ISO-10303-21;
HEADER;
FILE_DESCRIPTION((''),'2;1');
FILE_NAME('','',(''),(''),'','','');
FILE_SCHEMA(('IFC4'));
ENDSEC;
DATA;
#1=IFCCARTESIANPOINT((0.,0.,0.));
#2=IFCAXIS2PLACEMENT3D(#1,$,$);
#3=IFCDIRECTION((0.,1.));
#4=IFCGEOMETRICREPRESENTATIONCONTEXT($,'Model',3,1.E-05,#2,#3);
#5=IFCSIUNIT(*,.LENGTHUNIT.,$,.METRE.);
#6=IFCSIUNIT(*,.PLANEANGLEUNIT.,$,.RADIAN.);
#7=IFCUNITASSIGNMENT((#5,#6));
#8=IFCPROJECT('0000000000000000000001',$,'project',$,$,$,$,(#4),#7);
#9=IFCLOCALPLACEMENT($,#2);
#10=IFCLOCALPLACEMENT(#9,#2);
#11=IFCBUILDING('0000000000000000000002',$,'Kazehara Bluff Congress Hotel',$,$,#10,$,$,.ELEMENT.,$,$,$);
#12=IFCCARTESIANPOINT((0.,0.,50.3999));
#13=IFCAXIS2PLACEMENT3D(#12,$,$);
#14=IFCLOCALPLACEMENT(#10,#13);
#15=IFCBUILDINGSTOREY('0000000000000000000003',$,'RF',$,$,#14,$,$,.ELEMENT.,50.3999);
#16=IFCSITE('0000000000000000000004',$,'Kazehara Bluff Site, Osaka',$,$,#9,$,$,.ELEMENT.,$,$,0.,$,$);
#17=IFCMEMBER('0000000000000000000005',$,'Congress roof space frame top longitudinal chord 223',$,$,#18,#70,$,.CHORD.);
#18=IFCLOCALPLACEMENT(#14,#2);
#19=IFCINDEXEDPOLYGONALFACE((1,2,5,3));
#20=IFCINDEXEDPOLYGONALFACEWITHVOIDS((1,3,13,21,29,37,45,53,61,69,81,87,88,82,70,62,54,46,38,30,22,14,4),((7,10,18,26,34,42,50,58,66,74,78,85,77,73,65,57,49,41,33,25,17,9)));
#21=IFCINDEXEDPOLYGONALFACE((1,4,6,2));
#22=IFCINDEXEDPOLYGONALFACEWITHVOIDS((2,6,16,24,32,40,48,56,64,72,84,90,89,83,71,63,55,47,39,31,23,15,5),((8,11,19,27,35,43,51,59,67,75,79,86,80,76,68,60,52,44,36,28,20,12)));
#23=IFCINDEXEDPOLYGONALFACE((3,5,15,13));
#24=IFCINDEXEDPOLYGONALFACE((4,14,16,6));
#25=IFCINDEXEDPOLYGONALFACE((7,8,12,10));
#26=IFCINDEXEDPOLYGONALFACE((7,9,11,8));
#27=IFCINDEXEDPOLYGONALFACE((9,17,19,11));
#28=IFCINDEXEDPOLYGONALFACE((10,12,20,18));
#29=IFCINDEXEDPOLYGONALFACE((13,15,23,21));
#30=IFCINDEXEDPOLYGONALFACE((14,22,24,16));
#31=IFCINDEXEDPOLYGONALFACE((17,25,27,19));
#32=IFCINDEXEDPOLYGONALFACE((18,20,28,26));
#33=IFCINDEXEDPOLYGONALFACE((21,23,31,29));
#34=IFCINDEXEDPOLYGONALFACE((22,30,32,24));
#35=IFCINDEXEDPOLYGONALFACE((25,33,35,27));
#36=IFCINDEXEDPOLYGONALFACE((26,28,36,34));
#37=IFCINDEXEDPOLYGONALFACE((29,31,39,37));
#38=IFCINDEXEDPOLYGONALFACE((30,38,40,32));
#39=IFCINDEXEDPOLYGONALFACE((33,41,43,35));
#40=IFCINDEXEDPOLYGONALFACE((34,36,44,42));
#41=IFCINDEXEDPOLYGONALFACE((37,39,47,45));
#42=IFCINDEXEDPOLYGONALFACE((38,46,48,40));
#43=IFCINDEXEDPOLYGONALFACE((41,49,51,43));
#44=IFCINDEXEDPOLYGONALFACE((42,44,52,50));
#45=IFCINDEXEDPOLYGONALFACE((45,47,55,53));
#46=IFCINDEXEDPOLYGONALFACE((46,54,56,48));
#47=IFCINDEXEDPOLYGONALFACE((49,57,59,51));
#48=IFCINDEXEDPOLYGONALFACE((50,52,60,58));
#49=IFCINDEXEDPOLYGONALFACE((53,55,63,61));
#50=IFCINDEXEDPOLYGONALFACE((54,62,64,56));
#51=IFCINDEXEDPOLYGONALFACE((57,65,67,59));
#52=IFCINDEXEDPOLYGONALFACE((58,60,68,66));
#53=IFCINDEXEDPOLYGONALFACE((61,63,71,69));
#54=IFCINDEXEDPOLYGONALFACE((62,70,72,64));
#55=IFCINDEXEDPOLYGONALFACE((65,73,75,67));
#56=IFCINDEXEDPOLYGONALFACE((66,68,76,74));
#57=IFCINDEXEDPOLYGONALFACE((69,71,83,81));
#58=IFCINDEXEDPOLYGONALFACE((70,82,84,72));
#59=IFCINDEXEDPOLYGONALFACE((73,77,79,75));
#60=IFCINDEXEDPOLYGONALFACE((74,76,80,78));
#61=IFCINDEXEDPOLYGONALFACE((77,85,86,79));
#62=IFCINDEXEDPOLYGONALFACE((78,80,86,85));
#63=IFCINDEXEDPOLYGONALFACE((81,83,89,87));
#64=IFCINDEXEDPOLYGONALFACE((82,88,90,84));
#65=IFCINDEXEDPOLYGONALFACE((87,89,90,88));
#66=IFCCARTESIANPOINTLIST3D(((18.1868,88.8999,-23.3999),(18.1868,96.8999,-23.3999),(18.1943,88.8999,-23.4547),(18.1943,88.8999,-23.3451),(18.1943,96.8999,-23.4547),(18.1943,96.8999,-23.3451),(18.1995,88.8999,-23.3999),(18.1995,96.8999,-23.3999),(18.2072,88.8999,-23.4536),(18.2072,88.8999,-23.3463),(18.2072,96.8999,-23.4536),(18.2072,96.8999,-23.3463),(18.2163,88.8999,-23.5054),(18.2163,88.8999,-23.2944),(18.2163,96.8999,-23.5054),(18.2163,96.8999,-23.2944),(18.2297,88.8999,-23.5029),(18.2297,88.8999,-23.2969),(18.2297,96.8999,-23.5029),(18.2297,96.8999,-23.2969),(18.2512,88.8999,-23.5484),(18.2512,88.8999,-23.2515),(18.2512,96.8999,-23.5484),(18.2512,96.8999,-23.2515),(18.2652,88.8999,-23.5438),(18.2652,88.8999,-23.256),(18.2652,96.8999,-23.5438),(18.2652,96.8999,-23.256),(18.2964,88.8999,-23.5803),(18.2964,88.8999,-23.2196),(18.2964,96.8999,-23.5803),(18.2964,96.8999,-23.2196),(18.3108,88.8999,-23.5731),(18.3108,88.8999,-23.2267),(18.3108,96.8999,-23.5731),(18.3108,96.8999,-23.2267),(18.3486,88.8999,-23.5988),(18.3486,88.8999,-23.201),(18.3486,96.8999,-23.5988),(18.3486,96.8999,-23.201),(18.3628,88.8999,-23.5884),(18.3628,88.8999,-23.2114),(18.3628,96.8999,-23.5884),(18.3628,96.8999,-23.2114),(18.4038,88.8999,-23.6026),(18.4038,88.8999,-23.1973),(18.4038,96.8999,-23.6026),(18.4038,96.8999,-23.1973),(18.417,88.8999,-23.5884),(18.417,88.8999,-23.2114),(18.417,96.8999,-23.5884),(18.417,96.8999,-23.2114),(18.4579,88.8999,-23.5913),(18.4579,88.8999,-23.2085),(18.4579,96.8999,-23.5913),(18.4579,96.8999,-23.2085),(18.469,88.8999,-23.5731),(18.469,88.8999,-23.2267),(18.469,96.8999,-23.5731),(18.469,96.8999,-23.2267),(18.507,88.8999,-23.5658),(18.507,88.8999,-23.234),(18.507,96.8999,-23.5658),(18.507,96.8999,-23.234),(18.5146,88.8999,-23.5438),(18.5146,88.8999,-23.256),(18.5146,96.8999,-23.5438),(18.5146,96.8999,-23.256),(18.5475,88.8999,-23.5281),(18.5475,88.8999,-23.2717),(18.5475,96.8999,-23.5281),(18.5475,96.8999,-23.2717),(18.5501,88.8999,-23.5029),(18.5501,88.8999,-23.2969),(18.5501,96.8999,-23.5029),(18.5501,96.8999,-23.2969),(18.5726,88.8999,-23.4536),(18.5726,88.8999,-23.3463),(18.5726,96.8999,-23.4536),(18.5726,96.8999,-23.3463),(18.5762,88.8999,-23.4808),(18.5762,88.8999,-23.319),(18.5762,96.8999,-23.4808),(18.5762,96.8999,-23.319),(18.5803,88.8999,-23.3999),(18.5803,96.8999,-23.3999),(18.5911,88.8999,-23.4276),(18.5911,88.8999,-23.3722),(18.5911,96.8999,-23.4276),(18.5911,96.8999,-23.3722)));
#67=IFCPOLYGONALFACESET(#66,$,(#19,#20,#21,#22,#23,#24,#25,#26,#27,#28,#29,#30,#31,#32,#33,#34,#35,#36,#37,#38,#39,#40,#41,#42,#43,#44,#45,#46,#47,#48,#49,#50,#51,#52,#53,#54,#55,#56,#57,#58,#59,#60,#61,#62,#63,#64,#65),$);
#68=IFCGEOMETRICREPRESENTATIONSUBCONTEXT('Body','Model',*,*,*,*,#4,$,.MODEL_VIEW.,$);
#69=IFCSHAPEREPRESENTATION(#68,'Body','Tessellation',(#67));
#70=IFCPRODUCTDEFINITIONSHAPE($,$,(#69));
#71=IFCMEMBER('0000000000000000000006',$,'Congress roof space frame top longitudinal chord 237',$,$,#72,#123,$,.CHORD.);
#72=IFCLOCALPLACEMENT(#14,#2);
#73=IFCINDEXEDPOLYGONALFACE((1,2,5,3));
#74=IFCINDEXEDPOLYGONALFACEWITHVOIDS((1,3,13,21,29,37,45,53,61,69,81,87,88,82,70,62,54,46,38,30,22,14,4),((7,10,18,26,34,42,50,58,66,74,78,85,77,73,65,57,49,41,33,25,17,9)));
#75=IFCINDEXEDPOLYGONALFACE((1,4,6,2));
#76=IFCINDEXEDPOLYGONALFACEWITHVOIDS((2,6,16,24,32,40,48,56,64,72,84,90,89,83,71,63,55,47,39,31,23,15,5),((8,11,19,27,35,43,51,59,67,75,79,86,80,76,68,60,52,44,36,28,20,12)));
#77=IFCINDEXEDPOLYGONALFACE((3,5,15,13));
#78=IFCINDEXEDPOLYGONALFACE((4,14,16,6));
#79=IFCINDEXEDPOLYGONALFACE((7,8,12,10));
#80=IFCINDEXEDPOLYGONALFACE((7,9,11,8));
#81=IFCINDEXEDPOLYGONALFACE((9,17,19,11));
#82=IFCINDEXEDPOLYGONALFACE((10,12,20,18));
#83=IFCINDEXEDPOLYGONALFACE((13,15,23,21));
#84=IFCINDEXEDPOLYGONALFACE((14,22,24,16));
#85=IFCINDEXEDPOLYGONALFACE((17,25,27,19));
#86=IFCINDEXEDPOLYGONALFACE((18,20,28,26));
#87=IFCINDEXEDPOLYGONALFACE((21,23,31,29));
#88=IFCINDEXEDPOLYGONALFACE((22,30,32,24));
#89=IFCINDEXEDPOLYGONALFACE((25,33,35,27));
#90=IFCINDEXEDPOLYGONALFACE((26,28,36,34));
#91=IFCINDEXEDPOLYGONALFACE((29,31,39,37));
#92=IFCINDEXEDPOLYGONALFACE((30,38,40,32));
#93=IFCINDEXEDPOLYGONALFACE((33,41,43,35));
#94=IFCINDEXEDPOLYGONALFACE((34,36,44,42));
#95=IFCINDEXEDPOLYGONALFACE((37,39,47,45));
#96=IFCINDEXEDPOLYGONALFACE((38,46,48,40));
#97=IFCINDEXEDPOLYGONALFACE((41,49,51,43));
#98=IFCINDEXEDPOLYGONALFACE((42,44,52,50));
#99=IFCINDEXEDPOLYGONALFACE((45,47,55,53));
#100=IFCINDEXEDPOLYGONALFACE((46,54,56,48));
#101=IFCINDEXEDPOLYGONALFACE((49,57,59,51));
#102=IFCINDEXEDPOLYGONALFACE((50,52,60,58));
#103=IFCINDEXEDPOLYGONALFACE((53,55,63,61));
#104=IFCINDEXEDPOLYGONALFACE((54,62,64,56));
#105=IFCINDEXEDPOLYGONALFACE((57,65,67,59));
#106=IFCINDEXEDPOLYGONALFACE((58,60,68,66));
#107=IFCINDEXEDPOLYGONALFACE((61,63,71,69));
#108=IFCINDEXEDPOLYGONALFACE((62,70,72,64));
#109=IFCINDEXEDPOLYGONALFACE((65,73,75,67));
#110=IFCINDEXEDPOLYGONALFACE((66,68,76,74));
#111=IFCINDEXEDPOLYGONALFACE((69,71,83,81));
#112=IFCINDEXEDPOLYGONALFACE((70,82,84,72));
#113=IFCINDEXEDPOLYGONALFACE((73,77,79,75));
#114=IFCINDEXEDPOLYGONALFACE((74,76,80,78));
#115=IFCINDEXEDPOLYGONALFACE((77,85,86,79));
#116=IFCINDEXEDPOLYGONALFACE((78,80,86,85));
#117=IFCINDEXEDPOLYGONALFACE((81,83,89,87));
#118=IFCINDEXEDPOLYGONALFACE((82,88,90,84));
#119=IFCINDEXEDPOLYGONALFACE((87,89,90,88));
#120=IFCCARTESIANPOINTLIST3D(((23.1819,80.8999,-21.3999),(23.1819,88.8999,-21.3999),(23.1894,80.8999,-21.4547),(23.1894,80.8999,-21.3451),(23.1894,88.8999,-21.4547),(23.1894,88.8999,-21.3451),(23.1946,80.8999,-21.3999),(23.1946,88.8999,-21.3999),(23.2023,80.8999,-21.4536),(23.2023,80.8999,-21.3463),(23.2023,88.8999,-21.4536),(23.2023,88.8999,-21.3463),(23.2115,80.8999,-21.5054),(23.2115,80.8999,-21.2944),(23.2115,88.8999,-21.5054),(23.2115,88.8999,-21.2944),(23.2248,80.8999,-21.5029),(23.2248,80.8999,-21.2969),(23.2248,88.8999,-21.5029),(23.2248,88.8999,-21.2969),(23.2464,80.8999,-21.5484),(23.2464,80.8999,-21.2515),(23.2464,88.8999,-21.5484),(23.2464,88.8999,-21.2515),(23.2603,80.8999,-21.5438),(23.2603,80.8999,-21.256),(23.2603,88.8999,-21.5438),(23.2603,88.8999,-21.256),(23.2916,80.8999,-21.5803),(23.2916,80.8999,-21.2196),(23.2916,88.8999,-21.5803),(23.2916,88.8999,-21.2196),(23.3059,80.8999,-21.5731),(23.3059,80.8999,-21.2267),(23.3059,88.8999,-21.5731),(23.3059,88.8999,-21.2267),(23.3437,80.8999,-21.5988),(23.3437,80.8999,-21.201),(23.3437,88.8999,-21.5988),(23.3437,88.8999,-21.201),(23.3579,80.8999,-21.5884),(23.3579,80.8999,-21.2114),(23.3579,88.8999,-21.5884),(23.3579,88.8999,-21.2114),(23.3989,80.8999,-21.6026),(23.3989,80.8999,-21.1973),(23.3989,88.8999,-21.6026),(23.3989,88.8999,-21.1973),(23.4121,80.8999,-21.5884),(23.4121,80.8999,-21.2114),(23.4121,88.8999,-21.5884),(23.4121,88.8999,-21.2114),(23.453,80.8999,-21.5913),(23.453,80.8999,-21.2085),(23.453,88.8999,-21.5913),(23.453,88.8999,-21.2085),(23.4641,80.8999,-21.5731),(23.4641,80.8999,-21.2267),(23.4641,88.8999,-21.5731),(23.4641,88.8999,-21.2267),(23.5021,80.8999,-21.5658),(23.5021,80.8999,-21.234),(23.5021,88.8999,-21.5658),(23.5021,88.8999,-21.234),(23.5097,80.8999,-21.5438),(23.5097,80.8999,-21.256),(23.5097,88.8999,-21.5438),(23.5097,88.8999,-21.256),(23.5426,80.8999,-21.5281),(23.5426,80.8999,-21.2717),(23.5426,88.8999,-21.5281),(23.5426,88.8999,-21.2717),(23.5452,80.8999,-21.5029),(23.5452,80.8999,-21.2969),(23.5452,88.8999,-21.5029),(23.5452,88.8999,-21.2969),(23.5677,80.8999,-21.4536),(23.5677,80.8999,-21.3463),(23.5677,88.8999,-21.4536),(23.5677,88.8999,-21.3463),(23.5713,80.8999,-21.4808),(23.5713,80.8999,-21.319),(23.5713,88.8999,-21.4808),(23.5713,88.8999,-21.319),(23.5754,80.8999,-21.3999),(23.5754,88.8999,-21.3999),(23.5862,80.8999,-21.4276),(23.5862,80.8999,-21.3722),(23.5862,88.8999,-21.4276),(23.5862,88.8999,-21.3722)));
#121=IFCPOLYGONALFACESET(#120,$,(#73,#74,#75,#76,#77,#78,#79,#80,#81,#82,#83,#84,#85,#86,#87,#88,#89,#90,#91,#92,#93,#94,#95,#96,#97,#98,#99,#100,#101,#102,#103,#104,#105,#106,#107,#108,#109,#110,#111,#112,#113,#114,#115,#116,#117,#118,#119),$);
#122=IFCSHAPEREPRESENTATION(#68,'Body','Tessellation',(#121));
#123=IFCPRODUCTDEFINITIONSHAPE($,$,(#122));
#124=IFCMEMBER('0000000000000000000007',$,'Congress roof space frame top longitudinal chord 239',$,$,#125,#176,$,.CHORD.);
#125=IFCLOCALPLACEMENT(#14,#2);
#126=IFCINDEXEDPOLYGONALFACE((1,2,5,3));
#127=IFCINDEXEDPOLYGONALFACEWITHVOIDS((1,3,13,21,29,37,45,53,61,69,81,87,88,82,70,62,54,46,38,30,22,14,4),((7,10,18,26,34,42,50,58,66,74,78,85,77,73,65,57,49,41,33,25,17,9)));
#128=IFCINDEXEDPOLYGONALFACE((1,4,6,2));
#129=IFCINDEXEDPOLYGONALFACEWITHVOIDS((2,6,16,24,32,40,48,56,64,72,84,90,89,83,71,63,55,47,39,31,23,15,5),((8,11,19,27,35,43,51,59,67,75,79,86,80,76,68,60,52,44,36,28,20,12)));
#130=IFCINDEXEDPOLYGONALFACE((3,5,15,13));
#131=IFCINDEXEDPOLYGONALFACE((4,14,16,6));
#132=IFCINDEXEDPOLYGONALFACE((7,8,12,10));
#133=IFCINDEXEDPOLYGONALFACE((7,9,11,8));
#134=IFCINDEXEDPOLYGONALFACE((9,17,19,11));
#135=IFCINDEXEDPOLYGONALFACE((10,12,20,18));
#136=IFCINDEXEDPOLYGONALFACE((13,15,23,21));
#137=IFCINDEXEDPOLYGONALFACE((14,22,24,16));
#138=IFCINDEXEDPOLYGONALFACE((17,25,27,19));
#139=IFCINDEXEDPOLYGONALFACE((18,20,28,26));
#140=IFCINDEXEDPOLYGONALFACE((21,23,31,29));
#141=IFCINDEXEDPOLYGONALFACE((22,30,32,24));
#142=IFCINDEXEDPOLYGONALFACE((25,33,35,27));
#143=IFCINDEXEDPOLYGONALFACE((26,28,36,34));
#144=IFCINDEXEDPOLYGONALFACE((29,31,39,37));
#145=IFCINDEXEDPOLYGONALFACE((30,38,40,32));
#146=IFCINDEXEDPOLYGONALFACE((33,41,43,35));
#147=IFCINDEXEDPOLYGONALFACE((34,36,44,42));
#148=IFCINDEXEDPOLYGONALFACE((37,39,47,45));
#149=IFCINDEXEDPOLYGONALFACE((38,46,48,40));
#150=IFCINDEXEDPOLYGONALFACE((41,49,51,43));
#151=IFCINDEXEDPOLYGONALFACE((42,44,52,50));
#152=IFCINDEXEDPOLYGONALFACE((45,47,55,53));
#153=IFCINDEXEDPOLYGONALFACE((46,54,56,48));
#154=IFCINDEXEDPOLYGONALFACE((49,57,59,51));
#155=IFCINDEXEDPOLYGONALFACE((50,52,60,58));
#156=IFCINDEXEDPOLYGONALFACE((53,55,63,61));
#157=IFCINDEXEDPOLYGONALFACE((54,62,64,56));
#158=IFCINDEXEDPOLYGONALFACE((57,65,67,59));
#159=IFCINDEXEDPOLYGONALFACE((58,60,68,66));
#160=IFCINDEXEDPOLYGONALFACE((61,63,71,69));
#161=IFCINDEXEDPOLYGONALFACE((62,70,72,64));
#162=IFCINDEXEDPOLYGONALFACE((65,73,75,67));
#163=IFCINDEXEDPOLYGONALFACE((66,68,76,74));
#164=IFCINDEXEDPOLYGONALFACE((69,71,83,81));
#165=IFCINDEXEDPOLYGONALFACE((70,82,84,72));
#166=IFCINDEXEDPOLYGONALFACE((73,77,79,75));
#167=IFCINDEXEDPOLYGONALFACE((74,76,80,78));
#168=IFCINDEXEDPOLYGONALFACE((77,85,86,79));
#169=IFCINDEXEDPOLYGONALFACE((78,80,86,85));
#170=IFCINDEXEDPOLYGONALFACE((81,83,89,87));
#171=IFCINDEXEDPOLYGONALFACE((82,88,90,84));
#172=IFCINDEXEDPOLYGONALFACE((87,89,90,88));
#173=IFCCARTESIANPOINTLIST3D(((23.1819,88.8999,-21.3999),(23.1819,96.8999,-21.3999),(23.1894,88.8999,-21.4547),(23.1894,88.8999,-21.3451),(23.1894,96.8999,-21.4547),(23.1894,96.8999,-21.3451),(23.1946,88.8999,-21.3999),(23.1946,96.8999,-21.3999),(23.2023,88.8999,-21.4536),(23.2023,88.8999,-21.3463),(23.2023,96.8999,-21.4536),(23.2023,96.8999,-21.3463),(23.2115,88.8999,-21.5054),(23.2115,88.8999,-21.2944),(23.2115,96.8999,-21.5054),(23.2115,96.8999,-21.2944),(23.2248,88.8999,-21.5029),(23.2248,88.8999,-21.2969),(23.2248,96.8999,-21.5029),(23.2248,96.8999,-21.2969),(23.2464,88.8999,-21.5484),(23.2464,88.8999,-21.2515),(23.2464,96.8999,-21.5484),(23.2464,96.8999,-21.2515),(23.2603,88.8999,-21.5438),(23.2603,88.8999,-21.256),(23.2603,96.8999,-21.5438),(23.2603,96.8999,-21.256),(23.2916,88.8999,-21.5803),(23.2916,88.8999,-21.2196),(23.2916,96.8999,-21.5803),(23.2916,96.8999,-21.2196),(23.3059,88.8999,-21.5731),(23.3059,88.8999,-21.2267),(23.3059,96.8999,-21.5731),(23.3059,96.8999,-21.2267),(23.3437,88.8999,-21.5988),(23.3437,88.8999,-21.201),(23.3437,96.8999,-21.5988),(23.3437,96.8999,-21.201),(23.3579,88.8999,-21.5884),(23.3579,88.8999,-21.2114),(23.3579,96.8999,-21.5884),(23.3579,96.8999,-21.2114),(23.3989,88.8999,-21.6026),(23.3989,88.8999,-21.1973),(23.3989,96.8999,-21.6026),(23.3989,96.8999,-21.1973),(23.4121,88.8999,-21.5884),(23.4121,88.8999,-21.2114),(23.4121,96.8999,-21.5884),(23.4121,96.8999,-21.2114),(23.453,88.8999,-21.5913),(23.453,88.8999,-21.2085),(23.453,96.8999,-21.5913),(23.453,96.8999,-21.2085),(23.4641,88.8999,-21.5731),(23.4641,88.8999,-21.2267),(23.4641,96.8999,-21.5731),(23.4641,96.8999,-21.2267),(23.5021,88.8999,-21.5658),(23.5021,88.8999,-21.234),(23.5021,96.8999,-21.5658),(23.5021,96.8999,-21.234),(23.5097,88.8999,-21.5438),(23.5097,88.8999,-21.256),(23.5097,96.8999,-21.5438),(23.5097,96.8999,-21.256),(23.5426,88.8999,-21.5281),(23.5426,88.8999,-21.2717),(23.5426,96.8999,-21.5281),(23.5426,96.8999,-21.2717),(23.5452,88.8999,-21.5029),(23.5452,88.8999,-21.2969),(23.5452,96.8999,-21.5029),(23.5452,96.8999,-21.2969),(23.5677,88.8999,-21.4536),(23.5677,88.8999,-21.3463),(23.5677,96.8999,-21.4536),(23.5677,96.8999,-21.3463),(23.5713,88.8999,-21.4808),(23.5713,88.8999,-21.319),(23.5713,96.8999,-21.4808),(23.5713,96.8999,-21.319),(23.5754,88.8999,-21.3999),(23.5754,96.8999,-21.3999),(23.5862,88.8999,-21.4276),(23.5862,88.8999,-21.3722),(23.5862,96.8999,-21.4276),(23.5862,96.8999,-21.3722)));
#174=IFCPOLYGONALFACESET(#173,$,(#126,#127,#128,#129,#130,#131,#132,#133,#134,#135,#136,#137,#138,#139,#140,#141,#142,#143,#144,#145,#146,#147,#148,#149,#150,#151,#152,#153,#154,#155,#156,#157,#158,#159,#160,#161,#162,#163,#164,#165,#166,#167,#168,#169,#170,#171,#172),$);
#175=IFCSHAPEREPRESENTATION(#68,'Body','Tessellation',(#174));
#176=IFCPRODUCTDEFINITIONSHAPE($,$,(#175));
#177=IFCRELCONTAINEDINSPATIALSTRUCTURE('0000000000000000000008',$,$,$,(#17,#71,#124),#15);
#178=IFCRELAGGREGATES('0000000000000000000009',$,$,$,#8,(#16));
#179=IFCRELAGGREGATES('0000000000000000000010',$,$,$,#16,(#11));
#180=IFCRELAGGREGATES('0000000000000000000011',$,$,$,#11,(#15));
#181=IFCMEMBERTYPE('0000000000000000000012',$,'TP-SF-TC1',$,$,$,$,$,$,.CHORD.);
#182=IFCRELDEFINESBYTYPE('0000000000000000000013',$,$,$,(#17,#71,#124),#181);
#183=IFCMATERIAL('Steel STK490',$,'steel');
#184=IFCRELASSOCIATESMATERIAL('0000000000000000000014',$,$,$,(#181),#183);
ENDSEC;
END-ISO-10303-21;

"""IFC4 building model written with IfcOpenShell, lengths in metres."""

from ifc_helpers import new_model, si_unit, direction, frame, origin, origin_2d, place, context, subcontext, project, spatial, hollow_circle, extrude, material, material_profile, profile_set, type_object, element, save


model = new_model("IFC4")

# Units and contexts
model_context = context("Model", 3, precision=1e-05, world=origin(), true_north=direction((0.0, 1.0)))
body_context = subcontext(model_context, "Body", "Model", "MODEL_VIEW")
ifc_project = project(units=[si_unit("LENGTHUNIT", "METRE"), si_unit("PLANEANGLEUNIT", "RADIAN")], contexts=[model_context])

# Site, building, storey
site_placement = place(None, origin())
site = spatial("IfcSite", under=ifc_project, at=site_placement, Name="Kazehara Bluff Site, Osaka", CompositionType="ELEMENT", RefElevation=0.0)
building_placement = place(site_placement, origin())
building = spatial("IfcBuilding", under=site, at=building_placement, Name="Kazehara Bluff Congress Hotel", CompositionType="ELEMENT")
storey_placement = place(building_placement, frame((0.0, 0.0, 50.3999)))
storey = spatial("IfcBuildingStorey", under=building, at=storey_placement, Name="RF", CompositionType="ELEMENT", Elevation=50.3999)

# Members
ifc_material_1 = material(Name="Steel STK490", Category="steel")
ifc_material_profile_1 = material_profile(ifc_material_1, hollow_circle(Radius=0.2031, WallThickness=0.0127, at=origin_2d()))
ifc_profile_set_1 = profile_set([ifc_material_profile_1], Name="Steel STK490")
member_type_1 = type_object("IfcMemberType", Name="TP-SF-TC1", PredefinedType="CHORD", material=ifc_profile_set_1)
for number, where, z_axis, x_axis, name in (
    (1, (18.3899, 88.8999, -23.3999), (0.0, 1.0, 0.0), (-1.0, 0.0, 0.0), "Congress roof space frame top longitudinal chord 223"),
    (2, (23.385, 80.8999, -21.3999), (0.0, 1.0, 0.0), (-1.0, 0.0, 0.0), "Congress roof space frame top longitudinal chord 237"),
    (3, (23.385, 88.8999, -21.3999), (0.0, 1.0, 0.0), (-1.0, 0.0, 0.0), "Congress roof space frame top longitudinal chord 239"),
):
    element("IfcMember", number, at=place(storey_placement, frame(where, z_axis=z_axis, x_axis=x_axis)), inside=storey, type_object=member_type_1, Name=name, PredefinedType="CHORD", context=body_context, shape_type="SweptSolid", body=[
        extrude(hollow_circle(Radius=0.2031, WallThickness=0.0127, at=origin_2d()), origin(), (0.0, 0.0, 1.0), 8.0),
    ])

save(model, "model.ifc")
